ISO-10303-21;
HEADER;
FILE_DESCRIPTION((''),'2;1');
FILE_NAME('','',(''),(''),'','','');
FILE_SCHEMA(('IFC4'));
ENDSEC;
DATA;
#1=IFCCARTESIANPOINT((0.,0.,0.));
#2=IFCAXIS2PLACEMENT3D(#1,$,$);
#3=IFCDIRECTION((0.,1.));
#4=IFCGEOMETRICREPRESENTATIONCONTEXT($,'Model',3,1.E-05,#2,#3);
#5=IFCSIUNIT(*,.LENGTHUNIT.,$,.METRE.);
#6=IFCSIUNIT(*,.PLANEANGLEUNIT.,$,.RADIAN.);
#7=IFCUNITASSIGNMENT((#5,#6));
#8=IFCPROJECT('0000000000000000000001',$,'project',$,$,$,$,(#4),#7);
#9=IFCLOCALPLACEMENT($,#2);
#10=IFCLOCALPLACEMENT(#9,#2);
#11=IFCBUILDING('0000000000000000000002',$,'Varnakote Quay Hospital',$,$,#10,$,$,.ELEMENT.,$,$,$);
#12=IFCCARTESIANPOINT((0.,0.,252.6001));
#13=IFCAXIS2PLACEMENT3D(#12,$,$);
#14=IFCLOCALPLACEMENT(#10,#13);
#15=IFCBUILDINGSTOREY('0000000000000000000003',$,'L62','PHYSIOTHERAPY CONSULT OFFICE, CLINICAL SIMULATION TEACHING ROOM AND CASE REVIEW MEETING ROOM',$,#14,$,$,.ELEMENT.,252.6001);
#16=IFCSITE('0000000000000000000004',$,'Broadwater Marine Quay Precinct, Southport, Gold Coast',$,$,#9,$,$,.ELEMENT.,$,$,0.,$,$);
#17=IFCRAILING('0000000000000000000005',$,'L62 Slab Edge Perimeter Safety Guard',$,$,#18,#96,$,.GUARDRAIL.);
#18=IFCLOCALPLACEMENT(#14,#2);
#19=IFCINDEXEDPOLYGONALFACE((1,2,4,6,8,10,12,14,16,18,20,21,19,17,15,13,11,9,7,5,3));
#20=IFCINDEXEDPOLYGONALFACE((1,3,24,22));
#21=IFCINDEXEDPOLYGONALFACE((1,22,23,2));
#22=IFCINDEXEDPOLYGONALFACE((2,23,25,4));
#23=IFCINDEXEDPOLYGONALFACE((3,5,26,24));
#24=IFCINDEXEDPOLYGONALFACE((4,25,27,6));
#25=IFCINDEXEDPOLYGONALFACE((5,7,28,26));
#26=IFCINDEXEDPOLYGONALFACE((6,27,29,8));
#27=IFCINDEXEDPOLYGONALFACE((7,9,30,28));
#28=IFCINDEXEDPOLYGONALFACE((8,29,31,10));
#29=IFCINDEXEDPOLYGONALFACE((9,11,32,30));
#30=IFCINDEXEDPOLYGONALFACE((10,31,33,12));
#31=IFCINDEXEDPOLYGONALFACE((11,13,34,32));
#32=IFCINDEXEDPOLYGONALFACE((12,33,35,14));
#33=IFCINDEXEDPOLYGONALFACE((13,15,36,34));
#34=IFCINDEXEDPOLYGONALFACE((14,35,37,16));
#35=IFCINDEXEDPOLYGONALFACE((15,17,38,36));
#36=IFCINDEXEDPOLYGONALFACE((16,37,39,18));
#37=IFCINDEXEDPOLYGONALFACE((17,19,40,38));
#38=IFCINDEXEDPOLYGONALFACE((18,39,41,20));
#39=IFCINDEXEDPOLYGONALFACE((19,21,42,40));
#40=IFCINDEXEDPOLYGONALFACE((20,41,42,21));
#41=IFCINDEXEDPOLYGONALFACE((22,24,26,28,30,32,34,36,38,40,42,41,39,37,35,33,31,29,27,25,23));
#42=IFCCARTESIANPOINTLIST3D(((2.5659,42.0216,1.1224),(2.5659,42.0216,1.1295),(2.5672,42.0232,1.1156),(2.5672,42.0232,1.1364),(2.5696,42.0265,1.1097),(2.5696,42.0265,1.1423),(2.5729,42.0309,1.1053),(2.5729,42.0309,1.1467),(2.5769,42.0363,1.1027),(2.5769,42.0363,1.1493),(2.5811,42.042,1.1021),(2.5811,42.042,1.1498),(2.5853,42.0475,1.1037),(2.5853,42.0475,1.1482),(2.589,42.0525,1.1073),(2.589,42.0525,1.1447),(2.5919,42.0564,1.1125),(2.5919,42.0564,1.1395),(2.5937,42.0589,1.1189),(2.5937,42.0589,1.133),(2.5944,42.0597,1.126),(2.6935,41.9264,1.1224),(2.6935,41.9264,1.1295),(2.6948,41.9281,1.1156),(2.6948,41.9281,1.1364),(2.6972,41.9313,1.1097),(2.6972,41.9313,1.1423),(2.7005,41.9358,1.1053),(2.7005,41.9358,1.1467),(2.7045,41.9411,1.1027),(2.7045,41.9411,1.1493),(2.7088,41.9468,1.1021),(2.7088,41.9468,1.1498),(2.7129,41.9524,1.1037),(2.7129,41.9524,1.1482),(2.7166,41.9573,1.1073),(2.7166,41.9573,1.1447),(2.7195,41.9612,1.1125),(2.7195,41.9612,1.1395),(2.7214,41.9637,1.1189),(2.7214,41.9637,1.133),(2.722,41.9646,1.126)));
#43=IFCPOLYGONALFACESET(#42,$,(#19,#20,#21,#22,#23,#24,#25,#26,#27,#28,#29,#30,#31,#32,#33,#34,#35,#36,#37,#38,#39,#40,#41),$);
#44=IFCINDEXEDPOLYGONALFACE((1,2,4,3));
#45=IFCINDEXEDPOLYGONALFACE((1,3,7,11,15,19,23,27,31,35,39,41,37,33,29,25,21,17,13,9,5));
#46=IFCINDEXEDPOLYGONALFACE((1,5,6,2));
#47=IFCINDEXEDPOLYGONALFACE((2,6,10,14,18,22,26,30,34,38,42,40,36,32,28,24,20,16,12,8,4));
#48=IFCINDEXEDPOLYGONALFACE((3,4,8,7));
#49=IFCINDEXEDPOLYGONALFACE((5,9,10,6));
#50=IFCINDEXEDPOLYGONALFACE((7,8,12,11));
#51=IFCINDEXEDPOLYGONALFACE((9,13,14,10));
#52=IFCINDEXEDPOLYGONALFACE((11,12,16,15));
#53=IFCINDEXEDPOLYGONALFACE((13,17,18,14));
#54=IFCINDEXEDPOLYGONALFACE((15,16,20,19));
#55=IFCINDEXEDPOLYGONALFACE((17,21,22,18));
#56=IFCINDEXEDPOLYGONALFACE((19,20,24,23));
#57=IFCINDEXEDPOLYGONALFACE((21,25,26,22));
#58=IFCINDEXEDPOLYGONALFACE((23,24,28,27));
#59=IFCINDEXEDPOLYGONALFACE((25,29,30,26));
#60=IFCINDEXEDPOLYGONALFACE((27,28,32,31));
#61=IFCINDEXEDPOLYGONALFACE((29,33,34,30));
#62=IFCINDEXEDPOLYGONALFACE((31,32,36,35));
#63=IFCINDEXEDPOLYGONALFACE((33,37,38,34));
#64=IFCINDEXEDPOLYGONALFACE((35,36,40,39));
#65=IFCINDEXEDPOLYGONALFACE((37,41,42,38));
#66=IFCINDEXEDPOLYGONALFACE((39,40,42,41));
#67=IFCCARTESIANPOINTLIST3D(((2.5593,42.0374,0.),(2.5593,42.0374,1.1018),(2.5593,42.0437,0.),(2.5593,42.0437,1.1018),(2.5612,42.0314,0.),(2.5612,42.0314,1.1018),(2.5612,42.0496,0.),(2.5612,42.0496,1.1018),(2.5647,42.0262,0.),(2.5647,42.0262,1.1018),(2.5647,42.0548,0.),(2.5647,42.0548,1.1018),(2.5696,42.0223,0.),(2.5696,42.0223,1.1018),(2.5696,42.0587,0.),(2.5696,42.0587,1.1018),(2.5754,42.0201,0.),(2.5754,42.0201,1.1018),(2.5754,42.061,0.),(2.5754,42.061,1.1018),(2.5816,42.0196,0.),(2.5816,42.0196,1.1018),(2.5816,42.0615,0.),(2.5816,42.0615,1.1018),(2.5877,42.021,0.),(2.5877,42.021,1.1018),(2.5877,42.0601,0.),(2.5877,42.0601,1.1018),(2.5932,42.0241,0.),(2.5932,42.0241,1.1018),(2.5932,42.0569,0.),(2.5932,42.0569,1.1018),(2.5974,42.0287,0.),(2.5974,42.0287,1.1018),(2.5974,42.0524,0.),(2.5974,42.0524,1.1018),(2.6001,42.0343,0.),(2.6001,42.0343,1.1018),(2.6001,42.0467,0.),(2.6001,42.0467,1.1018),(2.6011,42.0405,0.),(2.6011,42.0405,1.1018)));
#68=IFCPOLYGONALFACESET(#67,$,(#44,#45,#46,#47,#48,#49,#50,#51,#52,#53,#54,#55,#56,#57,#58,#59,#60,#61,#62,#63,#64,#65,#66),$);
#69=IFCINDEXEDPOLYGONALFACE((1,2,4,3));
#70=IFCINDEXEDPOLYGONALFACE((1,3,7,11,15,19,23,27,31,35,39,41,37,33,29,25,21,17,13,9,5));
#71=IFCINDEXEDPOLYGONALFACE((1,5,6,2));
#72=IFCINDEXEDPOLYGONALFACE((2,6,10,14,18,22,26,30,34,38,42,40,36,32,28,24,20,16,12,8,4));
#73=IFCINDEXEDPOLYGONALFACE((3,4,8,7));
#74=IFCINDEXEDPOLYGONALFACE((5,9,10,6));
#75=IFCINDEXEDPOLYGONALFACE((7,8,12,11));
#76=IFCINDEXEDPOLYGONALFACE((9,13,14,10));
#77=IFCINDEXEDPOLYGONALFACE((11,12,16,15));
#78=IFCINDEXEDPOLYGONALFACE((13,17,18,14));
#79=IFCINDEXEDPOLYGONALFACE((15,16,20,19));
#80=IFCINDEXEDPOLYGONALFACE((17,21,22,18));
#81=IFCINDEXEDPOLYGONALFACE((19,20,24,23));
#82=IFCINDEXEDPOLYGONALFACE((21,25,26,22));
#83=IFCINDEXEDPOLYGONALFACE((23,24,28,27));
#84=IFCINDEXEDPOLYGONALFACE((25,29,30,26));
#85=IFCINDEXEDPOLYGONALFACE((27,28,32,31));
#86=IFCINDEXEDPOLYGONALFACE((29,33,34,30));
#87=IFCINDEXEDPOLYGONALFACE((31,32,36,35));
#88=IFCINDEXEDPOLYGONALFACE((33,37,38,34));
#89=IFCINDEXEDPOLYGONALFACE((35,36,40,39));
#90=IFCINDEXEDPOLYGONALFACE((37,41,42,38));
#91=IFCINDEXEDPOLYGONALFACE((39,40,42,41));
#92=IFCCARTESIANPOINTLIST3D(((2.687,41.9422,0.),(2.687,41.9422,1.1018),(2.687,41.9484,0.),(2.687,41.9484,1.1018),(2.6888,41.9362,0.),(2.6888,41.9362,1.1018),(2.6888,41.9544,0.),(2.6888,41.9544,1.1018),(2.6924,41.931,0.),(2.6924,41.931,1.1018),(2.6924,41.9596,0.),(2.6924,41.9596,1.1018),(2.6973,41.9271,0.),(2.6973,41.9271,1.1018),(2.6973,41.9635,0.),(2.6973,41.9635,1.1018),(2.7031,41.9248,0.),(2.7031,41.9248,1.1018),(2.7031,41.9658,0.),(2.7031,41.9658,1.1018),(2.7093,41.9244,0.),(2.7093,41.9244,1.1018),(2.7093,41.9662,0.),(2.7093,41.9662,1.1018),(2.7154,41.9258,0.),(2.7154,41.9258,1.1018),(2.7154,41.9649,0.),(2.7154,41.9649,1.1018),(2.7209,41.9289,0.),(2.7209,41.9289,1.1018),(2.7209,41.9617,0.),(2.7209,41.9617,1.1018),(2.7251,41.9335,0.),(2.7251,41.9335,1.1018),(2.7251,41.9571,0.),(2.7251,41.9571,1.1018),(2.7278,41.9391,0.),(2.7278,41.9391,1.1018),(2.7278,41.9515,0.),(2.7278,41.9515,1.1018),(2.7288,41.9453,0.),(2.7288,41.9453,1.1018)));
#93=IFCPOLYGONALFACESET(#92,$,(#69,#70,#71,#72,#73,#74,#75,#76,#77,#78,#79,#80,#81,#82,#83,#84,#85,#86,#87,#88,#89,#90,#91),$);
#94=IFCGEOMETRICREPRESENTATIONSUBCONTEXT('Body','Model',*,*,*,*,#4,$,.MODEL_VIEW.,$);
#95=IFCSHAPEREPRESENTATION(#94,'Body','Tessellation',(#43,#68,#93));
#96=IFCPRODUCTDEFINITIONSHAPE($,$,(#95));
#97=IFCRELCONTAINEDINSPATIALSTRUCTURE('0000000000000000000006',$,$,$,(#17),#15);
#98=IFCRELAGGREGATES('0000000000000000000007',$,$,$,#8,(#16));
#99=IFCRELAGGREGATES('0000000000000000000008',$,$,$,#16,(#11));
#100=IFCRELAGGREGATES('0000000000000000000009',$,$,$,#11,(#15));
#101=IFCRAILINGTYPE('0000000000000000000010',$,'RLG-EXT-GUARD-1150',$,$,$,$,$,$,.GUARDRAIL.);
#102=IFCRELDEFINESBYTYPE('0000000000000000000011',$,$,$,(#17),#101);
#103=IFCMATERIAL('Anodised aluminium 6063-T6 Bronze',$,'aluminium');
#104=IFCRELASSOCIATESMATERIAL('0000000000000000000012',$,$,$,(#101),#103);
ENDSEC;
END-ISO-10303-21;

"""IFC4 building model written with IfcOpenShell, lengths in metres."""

from ifc_helpers import new_model, si_unit, direction, frame, origin, origin_2d, place, context, subcontext, project, spatial, circle, extrude, material, type_object, element, save


model = new_model("IFC4")

# Units and contexts
model_context = context("Model", 3, precision=1e-05, world=origin(), true_north=direction((0.0, 1.0)))
body_context = subcontext(model_context, "Body", "Model", "MODEL_VIEW")
ifc_project = project(units=[si_unit("LENGTHUNIT", "METRE"), si_unit("PLANEANGLEUNIT", "RADIAN")], contexts=[model_context])

# Site, building, storey
site_placement = place(None, origin())
site = spatial("IfcSite", under=ifc_project, at=site_placement, Name="Broadwater Marine Quay Precinct, Southport, Gold Coast", CompositionType="ELEMENT", RefElevation=0.0)
building_placement = place(site_placement, origin())
building = spatial("IfcBuilding", under=site, at=building_placement, Name="Varnakote Quay Hospital", CompositionType="ELEMENT")
storey_placement = place(building_placement, frame((0.0, 0.0, 252.6001)))
storey = spatial("IfcBuildingStorey", under=building, at=storey_placement, Name="L62", Description="PHYSIOTHERAPY CONSULT OFFICE, CLINICAL SIMULATION TEACHING ROOM AND CASE REVIEW MEETING ROOM", CompositionType="ELEMENT", Elevation=252.6001)

# Railing
ifc_material_1 = material(Name="Anodised aluminium 6063-T6 Bronze", Category="aluminium")
railing_type = type_object("IfcRailingType", Name="RLG-EXT-GUARD-1150", PredefinedType="GUARDRAIL", material=ifc_material_1)
railing_1_placement = place(storey_placement, frame((2.5801, 42.0405, 0.0)))
element("IfcRailing", 1, at=railing_1_placement, inside=storey, type_object=railing_type, Name="L62 Slab Edge Perimeter Safety Guard", PredefinedType="GUARDRAIL", context=body_context, shape_type="SweptSolid", body=[
    extrude(circle(Radius=0.0239, at=origin_2d()), frame((0.0, 0.0, 1.126), z_axis=(0.801652, -0.59779, 0.0), x_axis=(0.59779, 0.801652, 0.0)), (0.0, 0.0, 1.0), 0.1592),
    extrude(circle(Radius=0.021, at=origin_2d()), origin(), (0.0, 0.0, 1.0), 1.1018),
    extrude(circle(Radius=0.021, at=origin_2d()), frame((0.1277, -0.0952, 0.0)), (0.0, 0.0, 1.0), 1.1018),
])

save(model, "model.ifc")
